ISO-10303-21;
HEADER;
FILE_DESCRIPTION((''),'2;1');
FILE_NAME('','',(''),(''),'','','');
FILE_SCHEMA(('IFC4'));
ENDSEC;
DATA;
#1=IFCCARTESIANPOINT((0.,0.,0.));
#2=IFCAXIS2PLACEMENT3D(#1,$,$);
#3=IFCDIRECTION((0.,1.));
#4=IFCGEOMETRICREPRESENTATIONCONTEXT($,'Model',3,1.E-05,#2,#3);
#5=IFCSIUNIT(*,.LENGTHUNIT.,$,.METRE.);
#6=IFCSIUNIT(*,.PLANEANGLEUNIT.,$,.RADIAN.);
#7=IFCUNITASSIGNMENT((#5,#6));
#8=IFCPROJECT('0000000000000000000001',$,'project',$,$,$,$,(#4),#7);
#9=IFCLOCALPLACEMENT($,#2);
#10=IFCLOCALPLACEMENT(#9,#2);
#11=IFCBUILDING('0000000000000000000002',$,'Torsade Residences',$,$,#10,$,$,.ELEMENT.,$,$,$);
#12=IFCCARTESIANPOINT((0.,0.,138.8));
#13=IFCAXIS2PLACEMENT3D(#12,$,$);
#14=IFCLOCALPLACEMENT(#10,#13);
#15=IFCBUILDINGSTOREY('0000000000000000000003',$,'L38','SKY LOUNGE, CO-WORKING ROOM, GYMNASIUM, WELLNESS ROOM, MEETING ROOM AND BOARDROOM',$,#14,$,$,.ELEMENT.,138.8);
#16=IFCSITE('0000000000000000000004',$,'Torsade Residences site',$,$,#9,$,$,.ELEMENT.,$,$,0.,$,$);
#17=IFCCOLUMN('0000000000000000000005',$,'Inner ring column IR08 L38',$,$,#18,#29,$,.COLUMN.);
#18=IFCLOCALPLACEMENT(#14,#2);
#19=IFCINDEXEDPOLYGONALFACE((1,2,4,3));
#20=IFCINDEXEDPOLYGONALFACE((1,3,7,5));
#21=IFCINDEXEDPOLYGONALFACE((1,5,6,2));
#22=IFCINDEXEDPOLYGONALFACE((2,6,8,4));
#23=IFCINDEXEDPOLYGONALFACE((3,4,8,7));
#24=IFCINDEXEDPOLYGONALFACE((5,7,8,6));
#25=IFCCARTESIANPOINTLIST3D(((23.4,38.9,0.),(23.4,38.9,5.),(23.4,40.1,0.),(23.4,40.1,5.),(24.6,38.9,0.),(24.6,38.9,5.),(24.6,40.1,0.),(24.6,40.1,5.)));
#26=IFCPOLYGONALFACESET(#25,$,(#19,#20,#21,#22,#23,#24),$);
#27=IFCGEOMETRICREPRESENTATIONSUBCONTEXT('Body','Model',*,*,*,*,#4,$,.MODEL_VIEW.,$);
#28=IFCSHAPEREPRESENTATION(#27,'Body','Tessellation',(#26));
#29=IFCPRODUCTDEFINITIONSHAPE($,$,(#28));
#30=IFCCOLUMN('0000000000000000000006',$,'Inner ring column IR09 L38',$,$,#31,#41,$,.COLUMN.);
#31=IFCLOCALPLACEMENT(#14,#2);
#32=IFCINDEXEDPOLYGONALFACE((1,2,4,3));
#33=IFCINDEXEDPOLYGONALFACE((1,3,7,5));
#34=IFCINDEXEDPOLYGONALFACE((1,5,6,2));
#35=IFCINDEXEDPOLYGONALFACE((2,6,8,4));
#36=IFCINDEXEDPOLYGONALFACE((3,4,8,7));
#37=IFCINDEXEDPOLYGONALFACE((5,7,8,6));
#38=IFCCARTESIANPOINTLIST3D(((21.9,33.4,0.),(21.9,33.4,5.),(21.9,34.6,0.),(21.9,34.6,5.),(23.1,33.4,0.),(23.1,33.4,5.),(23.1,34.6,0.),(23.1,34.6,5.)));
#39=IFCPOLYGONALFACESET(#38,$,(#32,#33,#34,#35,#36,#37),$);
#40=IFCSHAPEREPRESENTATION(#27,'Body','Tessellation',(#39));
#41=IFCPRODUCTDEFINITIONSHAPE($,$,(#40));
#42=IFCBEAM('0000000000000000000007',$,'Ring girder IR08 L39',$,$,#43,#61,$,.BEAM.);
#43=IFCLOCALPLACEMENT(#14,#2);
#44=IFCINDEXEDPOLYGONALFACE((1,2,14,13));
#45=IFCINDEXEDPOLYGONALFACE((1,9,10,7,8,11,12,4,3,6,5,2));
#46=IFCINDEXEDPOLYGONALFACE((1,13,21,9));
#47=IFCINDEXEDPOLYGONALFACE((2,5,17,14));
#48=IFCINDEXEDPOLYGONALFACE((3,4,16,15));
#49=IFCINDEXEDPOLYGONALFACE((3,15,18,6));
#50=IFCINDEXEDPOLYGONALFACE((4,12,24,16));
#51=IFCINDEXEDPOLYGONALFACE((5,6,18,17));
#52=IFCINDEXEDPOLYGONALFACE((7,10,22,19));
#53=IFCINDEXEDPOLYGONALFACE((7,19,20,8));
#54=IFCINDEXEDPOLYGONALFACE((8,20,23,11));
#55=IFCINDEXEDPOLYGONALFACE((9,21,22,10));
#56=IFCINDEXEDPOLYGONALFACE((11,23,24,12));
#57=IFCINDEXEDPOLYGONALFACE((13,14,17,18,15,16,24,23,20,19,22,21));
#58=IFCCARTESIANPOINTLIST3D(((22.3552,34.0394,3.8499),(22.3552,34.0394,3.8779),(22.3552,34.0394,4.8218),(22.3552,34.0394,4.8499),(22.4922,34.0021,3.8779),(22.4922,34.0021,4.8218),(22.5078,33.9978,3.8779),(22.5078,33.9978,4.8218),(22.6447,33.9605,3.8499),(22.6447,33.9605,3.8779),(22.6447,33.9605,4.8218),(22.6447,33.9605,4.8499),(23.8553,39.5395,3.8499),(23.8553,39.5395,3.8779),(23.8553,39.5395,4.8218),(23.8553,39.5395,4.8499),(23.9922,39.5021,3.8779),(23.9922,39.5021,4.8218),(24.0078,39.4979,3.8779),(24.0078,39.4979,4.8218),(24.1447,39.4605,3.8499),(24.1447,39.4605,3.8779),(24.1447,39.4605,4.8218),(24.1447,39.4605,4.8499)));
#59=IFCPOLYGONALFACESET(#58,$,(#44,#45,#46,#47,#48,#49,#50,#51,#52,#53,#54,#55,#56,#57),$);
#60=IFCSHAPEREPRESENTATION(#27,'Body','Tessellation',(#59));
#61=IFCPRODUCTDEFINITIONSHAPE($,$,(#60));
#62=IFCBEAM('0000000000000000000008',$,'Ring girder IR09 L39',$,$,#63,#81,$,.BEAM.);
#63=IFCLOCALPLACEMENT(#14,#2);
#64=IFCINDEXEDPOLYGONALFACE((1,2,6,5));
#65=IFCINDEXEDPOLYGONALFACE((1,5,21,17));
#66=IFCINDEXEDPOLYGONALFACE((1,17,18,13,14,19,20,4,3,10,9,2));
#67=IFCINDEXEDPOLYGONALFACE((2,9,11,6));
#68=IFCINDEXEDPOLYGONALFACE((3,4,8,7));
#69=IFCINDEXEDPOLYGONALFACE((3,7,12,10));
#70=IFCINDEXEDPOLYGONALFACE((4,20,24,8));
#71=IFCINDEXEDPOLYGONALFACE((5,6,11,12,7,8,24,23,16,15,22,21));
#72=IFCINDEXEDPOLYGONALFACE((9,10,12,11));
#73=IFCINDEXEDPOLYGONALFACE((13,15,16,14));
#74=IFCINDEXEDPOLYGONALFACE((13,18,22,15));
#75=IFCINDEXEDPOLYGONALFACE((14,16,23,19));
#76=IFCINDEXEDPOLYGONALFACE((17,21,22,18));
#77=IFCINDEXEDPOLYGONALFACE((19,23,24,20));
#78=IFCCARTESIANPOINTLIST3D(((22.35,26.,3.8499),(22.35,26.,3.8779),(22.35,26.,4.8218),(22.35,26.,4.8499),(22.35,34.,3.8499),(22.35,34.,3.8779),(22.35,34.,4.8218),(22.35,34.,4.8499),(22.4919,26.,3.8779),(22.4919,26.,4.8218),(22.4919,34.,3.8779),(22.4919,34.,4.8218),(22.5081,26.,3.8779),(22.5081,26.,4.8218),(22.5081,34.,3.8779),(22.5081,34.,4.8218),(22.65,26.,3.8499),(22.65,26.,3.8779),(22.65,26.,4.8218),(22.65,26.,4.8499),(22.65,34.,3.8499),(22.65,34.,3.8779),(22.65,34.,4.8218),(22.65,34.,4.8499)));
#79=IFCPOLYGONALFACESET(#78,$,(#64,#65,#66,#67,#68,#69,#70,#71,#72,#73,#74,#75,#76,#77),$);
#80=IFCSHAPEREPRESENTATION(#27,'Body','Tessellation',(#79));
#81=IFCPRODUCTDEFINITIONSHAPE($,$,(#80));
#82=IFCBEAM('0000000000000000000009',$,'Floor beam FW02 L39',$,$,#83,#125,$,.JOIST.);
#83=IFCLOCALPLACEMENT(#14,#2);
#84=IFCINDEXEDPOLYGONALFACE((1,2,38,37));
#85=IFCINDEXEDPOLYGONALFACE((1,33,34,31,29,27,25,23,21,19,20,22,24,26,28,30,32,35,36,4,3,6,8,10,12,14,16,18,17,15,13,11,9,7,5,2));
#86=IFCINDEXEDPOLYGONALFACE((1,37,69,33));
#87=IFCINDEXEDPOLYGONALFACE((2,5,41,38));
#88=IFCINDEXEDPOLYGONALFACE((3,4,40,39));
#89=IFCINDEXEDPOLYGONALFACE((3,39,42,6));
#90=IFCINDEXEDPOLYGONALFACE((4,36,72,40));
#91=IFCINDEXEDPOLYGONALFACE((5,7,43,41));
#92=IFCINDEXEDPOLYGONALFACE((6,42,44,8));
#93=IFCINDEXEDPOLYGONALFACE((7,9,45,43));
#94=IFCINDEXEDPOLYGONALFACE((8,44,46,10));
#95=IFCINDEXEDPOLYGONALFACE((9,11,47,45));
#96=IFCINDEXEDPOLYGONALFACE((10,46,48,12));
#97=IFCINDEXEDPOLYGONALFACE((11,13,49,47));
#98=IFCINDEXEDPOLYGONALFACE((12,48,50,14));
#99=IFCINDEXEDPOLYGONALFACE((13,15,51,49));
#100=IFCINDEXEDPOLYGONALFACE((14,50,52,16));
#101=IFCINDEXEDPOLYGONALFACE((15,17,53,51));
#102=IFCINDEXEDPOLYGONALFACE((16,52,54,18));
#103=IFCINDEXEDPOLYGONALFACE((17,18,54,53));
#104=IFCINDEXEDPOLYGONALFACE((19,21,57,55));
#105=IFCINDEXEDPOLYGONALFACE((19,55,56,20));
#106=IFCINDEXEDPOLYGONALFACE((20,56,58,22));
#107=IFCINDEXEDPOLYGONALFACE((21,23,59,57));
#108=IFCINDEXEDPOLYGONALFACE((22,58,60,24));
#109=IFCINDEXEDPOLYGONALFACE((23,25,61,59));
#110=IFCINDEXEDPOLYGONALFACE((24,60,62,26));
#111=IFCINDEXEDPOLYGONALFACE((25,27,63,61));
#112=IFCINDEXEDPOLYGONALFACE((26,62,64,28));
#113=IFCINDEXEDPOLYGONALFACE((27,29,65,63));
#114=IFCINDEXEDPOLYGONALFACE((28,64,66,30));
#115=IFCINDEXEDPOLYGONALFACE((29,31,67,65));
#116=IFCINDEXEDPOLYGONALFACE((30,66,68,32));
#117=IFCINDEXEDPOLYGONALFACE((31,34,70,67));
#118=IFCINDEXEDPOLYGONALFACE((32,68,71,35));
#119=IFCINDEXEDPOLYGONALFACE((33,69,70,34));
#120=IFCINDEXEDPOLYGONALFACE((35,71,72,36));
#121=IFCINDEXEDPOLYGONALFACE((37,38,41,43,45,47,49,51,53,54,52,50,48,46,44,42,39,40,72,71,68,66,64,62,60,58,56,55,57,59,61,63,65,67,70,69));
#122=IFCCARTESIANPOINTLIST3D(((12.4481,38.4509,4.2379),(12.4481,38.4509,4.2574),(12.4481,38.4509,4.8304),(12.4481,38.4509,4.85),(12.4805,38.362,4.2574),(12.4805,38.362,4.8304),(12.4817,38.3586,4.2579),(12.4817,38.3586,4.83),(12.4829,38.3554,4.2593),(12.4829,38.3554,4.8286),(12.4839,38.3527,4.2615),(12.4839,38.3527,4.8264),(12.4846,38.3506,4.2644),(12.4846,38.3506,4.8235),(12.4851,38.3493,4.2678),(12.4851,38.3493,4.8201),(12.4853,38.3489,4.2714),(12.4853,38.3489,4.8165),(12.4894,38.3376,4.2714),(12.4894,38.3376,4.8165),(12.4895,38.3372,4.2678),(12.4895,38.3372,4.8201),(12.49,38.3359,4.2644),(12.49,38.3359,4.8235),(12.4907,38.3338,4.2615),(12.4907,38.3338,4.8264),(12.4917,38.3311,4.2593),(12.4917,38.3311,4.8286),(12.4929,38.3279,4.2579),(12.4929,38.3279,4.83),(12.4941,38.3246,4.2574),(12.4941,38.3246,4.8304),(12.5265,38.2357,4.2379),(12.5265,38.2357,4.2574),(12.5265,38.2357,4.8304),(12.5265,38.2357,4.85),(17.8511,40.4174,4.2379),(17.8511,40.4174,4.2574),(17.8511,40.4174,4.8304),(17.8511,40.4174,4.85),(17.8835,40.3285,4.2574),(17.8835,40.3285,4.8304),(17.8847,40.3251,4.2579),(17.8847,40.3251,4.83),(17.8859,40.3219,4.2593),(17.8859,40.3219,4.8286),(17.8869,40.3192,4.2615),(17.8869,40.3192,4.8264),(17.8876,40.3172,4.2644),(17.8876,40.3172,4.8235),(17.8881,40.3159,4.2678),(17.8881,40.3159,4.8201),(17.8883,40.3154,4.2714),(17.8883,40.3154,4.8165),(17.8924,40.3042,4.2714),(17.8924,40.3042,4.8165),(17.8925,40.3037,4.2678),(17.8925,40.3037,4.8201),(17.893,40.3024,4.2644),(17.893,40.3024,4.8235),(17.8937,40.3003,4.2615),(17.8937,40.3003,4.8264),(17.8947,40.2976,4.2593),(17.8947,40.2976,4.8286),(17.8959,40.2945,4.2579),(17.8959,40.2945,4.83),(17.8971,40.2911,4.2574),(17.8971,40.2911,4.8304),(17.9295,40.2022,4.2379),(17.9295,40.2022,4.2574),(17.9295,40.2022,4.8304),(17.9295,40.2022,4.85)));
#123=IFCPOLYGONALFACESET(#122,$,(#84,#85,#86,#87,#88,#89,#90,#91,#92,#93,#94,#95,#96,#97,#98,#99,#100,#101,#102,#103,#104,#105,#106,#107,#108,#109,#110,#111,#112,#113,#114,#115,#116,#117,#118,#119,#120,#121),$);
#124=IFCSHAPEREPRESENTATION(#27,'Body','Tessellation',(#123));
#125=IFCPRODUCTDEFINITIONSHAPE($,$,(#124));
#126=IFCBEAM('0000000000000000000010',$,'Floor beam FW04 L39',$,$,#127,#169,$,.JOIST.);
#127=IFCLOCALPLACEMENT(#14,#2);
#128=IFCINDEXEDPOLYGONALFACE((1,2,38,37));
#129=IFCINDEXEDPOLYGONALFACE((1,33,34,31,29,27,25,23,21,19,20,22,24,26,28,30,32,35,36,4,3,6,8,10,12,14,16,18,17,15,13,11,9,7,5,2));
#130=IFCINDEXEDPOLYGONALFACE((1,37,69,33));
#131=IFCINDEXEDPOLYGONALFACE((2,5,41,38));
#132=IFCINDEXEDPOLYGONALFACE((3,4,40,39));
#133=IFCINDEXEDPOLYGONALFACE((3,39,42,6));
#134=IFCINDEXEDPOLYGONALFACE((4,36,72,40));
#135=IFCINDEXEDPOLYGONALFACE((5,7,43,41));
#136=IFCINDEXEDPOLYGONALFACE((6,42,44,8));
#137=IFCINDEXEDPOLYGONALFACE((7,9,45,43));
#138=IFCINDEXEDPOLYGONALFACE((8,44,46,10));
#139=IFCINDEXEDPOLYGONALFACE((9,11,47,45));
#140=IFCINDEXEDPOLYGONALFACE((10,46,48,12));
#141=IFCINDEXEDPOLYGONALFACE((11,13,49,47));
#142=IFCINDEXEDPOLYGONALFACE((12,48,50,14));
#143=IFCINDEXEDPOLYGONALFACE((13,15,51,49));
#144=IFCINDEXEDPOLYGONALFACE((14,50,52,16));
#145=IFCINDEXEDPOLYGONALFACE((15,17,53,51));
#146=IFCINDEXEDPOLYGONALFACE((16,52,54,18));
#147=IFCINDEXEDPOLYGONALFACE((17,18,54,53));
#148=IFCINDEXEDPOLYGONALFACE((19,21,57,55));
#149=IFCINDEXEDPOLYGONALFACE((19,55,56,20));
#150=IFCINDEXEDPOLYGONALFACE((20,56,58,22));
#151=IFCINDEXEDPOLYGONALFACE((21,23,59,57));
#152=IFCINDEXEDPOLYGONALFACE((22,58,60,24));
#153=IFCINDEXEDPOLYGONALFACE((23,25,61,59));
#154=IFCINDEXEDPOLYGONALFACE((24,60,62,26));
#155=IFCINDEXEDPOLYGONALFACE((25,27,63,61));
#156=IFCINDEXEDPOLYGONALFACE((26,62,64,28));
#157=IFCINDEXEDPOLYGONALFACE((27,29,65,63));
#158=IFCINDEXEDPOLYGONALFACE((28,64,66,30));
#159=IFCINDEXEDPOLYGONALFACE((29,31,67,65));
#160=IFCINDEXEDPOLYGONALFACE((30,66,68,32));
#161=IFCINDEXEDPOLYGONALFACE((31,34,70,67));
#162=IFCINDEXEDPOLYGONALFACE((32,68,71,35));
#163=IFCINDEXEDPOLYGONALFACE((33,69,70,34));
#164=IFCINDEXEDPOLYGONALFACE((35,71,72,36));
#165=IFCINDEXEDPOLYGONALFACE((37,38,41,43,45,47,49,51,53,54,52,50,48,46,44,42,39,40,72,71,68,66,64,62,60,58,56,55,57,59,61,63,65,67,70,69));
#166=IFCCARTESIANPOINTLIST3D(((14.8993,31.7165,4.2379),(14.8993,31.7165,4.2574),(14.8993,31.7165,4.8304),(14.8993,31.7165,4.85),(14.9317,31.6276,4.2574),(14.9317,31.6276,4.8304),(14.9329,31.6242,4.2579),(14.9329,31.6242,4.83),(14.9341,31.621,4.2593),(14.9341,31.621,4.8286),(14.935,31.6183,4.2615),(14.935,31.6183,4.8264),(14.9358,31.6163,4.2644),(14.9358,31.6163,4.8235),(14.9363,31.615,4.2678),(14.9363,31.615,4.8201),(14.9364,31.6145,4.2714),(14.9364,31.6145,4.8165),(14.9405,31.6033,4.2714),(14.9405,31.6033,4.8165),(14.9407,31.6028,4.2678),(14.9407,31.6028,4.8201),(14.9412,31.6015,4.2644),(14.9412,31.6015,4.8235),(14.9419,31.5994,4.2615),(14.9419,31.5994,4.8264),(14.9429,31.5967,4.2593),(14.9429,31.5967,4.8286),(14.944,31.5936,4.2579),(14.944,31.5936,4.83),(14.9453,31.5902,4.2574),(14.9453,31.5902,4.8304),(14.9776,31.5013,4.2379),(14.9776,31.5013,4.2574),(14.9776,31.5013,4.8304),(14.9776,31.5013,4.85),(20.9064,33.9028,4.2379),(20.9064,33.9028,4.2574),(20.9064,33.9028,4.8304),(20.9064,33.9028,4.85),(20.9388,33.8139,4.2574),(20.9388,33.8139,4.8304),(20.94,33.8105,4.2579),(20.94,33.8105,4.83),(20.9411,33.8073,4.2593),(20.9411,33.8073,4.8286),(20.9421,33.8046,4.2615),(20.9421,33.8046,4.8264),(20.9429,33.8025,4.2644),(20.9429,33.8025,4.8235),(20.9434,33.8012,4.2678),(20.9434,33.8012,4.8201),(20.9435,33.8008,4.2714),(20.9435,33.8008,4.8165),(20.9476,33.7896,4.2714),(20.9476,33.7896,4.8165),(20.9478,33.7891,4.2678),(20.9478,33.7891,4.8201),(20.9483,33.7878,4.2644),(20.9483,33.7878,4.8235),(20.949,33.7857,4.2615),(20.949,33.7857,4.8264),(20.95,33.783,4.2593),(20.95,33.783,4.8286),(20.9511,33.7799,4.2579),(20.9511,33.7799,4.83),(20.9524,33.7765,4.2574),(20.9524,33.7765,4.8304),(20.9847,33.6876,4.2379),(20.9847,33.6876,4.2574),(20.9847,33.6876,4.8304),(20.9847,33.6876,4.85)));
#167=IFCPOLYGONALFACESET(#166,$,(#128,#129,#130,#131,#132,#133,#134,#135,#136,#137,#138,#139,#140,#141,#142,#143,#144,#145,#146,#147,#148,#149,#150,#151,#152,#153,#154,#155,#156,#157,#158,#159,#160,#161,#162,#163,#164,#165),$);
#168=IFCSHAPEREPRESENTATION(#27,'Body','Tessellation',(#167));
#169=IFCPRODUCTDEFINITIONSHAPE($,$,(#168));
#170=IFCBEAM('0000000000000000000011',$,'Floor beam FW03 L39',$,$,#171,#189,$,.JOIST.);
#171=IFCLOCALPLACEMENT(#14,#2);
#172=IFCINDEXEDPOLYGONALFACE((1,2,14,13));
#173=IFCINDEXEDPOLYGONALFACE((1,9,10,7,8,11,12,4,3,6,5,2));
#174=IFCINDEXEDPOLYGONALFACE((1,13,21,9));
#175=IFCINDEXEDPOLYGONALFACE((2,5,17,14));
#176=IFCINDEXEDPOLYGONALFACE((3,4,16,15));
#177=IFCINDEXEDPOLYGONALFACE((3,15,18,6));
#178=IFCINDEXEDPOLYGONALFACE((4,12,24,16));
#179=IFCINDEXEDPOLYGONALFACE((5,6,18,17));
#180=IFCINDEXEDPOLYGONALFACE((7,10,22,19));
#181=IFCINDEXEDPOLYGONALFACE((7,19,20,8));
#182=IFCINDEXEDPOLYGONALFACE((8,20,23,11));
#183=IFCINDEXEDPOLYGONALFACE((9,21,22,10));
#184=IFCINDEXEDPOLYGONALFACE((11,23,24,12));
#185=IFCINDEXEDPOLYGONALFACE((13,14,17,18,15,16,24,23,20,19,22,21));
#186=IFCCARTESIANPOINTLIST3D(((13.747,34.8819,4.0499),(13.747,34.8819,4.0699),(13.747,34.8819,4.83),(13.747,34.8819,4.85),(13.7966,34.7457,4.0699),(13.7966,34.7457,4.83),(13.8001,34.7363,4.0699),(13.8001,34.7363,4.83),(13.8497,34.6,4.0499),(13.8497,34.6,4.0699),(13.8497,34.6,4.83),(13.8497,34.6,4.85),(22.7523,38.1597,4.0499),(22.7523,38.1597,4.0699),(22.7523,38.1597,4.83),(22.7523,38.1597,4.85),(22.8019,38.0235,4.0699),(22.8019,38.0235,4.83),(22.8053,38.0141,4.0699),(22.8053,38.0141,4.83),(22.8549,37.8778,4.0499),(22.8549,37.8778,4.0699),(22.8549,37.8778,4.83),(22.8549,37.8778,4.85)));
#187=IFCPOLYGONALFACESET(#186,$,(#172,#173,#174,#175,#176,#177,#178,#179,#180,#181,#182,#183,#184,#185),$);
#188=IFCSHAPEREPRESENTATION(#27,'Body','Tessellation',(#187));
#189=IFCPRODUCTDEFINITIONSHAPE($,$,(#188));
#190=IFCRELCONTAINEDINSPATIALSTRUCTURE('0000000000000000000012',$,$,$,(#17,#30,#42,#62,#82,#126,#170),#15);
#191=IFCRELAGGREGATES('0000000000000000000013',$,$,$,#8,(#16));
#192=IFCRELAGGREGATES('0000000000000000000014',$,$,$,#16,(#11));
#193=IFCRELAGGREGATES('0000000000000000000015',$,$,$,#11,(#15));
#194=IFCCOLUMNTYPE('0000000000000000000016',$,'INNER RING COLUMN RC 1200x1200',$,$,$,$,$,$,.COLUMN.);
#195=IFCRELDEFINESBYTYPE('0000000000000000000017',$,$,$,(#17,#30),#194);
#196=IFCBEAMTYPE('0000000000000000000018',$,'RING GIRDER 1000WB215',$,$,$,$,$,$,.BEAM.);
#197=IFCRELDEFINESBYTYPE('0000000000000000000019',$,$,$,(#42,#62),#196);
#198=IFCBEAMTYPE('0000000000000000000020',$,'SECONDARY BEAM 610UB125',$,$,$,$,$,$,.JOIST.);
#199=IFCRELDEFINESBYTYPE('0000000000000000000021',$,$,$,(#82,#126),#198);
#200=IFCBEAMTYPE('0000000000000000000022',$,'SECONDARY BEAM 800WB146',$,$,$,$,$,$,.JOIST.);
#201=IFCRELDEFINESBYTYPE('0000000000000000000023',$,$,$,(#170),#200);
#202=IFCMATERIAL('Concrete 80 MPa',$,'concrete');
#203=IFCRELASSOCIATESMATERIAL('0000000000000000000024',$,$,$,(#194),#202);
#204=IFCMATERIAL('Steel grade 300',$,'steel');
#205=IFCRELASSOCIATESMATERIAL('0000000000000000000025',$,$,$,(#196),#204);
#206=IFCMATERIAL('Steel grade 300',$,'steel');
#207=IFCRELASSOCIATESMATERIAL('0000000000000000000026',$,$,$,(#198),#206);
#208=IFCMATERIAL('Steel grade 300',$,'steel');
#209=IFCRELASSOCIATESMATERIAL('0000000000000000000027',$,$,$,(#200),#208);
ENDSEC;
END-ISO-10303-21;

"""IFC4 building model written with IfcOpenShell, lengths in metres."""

from ifc_helpers import new_model, si_unit, direction, frame, origin, origin_2d, place, context, subcontext, project, spatial, rectangle, i_section, extrude, material, material_profile, profile_set, type_object, element, save


model = new_model("IFC4")

# Units and contexts
model_context = context("Model", 3, precision=1e-05, world=origin(), true_north=direction((0.0, 1.0)))
body_context = subcontext(model_context, "Body", "Model", "MODEL_VIEW")
ifc_project = project(units=[si_unit("LENGTHUNIT", "METRE"), si_unit("PLANEANGLEUNIT", "RADIAN")], contexts=[model_context])

# Site, building, storey
site_placement = place(None, origin())
site = spatial("IfcSite", under=ifc_project, at=site_placement, Name="Torsade Residences site", CompositionType="ELEMENT", RefElevation=0.0)
building_placement = place(site_placement, origin())
building = spatial("IfcBuilding", under=site, at=building_placement, Name="Torsade Residences", CompositionType="ELEMENT")
storey_placement = place(building_placement, frame((0.0, 0.0, 138.8)))
storey = spatial("IfcBuildingStorey", under=building, at=storey_placement, Name="L38", Description="SKY LOUNGE, CO-WORKING ROOM, GYMNASIUM, WELLNESS ROOM, MEETING ROOM AND BOARDROOM", CompositionType="ELEMENT", Elevation=138.8)

# Columns
ifc_material_1 = material(Name="Concrete 80 MPa", Category="concrete")
ifc_material_profile_1 = material_profile(ifc_material_1, rectangle(XDim=1.2, YDim=1.2, at=origin_2d()), Name="RC 1200x1200")
ifc_profile_set_1 = profile_set([ifc_material_profile_1], Name="Concrete 80 MPa")
column_type = type_object("IfcColumnType", Name="INNER RING COLUMN RC 1200x1200", PredefinedType="COLUMN", material=ifc_profile_set_1)
for number, where, z_axis, x_axis, name in (
    (1, (24.0, 39.5, 0.0), (0.0, 0.0, 1.0), (1.0, 0.0, 0.0), "Inner ring column IR08 L38"),
    (2, (22.5, 34.0, 0.0), (0.0, 0.0, 1.0), (1.0, 0.0, 0.0), "Inner ring column IR09 L38"),
):
    element("IfcColumn", number, at=place(storey_placement, frame(where, z_axis=z_axis, x_axis=x_axis)), inside=storey, type_object=column_type, Name=name, PredefinedType="COLUMN", context=body_context, shape_type="SweptSolid", body=[
        extrude(rectangle(XDim=1.2, YDim=1.2, at=origin_2d()), origin(), (0.0, 0.0, 1.0), 5.0),
    ])

# Beams
ifc_material_2 = material(Name="Steel grade 300", Category="steel")
ifc_material_profile_2 = material_profile(ifc_material_2, i_section(OverallWidth=0.3, OverallDepth=1.0, WebThickness=0.0161, FlangeThickness=0.0281, at=origin_2d()), Name="1000WB215")
ifc_profile_set_2 = profile_set([ifc_material_profile_2], Name="Steel grade 300")
beam_type_1 = type_object("IfcBeamType", Name="RING GIRDER 1000WB215", PredefinedType="BEAM", material=ifc_profile_set_2)
beam_1_placement = place(storey_placement, frame((24.0, 39.5, 4.3499), z_axis=(-0.263117, -0.964764, 0.0), x_axis=(0.964764, -0.263117, 0.0)))
element("IfcBeam", 3, at=beam_1_placement, inside=storey, type_object=beam_type_1, Name="Ring girder IR08 L39", PredefinedType="BEAM", context=body_context, shape_type="SweptSolid", body=[
    extrude(i_section(OverallWidth=0.3, OverallDepth=1.0, WebThickness=0.0161, FlangeThickness=0.0281, at=origin_2d()), origin(), (0.0, 0.0, 1.0), 5.7009),
])
beam_2_placement = place(storey_placement, frame((22.5, 34.0, 4.3499), z_axis=(0.0, -1.0, 0.0), x_axis=(1.0, 0.0, 0.0)))
element("IfcBeam", 4, at=beam_2_placement, inside=storey, type_object=beam_type_1, Name="Ring girder IR09 L39", PredefinedType="BEAM", context=body_context, shape_type="SweptSolid", body=[
    extrude(i_section(OverallWidth=0.3, OverallDepth=1.0, WebThickness=0.0161, FlangeThickness=0.0281, at=origin_2d()), origin(), (0.0, 0.0, 1.0), 8.0),
])
ifc_material_3 = material(Name="Steel grade 300", Category="steel")
ifc_material_profile_3 = material_profile(ifc_material_3, i_section(OverallWidth=0.229, OverallDepth=0.6121, WebThickness=0.012, FlangeThickness=0.0195, FilletRadius=0.0139, at=origin_2d()), Name="610UB125")
ifc_profile_set_3 = profile_set([ifc_material_profile_3], Name="Steel grade 300")
beam_type_2 = type_object("IfcBeamType", Name="SECONDARY BEAM 610UB125", PredefinedType="JOIST", material=ifc_profile_set_3)
beam_3_placement = place(storey_placement, frame((12.4873, 38.3433, 4.5439), z_axis=(0.939693, 0.342019, 0.0), x_axis=(-0.342019, 0.939693, 0.0)))
element("IfcBeam", 5, at=beam_3_placement, inside=storey, type_object=beam_type_2, Name="Floor beam FW02 L39", PredefinedType="JOIST", context=body_context, shape_type="SweptSolid", body=[
    extrude(i_section(OverallWidth=0.229, OverallDepth=0.6121, WebThickness=0.012, FlangeThickness=0.0195, FilletRadius=0.0139, at=origin_2d()), origin(), (0.0, 0.0, 1.0), 5.7498),
])
beam_4_placement = place(storey_placement, frame((14.9385, 31.6089, 4.5439), z_axis=(0.939699, 0.342004, 0.0), x_axis=(-0.342004, 0.939699, 0.0)))
element("IfcBeam", 6, at=beam_4_placement, inside=storey, type_object=beam_type_2, Name="Floor beam FW04 L39", PredefinedType="JOIST", context=body_context, shape_type="SweptSolid", body=[
    extrude(i_section(OverallWidth=0.229, OverallDepth=0.6121, WebThickness=0.012, FlangeThickness=0.0195, FilletRadius=0.0139, at=origin_2d()), origin(), (0.0, 0.0, 1.0), 6.3926),
])
ifc_material_4 = material(Name="Steel grade 300", Category="steel")
ifc_material_profile_4 = material_profile(ifc_material_4, i_section(OverallWidth=0.3, OverallDepth=0.8, WebThickness=0.01, FlangeThickness=0.02, at=origin_2d()), Name="800WB146")
ifc_profile_set_4 = profile_set([ifc_material_profile_4], Name="Steel grade 300")
beam_type_3 = type_object("IfcBeamType", Name="SECONDARY BEAM 800WB146", PredefinedType="JOIST", material=ifc_profile_set_4)
beam_5_placement = place(storey_placement, frame((13.7983, 34.741, 4.45), z_axis=(0.939688, 0.342034, 0.0), x_axis=(-0.342034, 0.939688, 0.0)))
element("IfcBeam", 7, at=beam_5_placement, inside=storey, type_object=beam_type_3, Name="Floor beam FW03 L39", PredefinedType="JOIST", context=body_context, shape_type="SweptSolid", body=[
    extrude(i_section(OverallWidth=0.3, OverallDepth=0.8, WebThickness=0.01, FlangeThickness=0.02, at=origin_2d()), origin(), (0.0, 0.0, 1.0), 9.5833),
])

save(model, "model.ifc")
